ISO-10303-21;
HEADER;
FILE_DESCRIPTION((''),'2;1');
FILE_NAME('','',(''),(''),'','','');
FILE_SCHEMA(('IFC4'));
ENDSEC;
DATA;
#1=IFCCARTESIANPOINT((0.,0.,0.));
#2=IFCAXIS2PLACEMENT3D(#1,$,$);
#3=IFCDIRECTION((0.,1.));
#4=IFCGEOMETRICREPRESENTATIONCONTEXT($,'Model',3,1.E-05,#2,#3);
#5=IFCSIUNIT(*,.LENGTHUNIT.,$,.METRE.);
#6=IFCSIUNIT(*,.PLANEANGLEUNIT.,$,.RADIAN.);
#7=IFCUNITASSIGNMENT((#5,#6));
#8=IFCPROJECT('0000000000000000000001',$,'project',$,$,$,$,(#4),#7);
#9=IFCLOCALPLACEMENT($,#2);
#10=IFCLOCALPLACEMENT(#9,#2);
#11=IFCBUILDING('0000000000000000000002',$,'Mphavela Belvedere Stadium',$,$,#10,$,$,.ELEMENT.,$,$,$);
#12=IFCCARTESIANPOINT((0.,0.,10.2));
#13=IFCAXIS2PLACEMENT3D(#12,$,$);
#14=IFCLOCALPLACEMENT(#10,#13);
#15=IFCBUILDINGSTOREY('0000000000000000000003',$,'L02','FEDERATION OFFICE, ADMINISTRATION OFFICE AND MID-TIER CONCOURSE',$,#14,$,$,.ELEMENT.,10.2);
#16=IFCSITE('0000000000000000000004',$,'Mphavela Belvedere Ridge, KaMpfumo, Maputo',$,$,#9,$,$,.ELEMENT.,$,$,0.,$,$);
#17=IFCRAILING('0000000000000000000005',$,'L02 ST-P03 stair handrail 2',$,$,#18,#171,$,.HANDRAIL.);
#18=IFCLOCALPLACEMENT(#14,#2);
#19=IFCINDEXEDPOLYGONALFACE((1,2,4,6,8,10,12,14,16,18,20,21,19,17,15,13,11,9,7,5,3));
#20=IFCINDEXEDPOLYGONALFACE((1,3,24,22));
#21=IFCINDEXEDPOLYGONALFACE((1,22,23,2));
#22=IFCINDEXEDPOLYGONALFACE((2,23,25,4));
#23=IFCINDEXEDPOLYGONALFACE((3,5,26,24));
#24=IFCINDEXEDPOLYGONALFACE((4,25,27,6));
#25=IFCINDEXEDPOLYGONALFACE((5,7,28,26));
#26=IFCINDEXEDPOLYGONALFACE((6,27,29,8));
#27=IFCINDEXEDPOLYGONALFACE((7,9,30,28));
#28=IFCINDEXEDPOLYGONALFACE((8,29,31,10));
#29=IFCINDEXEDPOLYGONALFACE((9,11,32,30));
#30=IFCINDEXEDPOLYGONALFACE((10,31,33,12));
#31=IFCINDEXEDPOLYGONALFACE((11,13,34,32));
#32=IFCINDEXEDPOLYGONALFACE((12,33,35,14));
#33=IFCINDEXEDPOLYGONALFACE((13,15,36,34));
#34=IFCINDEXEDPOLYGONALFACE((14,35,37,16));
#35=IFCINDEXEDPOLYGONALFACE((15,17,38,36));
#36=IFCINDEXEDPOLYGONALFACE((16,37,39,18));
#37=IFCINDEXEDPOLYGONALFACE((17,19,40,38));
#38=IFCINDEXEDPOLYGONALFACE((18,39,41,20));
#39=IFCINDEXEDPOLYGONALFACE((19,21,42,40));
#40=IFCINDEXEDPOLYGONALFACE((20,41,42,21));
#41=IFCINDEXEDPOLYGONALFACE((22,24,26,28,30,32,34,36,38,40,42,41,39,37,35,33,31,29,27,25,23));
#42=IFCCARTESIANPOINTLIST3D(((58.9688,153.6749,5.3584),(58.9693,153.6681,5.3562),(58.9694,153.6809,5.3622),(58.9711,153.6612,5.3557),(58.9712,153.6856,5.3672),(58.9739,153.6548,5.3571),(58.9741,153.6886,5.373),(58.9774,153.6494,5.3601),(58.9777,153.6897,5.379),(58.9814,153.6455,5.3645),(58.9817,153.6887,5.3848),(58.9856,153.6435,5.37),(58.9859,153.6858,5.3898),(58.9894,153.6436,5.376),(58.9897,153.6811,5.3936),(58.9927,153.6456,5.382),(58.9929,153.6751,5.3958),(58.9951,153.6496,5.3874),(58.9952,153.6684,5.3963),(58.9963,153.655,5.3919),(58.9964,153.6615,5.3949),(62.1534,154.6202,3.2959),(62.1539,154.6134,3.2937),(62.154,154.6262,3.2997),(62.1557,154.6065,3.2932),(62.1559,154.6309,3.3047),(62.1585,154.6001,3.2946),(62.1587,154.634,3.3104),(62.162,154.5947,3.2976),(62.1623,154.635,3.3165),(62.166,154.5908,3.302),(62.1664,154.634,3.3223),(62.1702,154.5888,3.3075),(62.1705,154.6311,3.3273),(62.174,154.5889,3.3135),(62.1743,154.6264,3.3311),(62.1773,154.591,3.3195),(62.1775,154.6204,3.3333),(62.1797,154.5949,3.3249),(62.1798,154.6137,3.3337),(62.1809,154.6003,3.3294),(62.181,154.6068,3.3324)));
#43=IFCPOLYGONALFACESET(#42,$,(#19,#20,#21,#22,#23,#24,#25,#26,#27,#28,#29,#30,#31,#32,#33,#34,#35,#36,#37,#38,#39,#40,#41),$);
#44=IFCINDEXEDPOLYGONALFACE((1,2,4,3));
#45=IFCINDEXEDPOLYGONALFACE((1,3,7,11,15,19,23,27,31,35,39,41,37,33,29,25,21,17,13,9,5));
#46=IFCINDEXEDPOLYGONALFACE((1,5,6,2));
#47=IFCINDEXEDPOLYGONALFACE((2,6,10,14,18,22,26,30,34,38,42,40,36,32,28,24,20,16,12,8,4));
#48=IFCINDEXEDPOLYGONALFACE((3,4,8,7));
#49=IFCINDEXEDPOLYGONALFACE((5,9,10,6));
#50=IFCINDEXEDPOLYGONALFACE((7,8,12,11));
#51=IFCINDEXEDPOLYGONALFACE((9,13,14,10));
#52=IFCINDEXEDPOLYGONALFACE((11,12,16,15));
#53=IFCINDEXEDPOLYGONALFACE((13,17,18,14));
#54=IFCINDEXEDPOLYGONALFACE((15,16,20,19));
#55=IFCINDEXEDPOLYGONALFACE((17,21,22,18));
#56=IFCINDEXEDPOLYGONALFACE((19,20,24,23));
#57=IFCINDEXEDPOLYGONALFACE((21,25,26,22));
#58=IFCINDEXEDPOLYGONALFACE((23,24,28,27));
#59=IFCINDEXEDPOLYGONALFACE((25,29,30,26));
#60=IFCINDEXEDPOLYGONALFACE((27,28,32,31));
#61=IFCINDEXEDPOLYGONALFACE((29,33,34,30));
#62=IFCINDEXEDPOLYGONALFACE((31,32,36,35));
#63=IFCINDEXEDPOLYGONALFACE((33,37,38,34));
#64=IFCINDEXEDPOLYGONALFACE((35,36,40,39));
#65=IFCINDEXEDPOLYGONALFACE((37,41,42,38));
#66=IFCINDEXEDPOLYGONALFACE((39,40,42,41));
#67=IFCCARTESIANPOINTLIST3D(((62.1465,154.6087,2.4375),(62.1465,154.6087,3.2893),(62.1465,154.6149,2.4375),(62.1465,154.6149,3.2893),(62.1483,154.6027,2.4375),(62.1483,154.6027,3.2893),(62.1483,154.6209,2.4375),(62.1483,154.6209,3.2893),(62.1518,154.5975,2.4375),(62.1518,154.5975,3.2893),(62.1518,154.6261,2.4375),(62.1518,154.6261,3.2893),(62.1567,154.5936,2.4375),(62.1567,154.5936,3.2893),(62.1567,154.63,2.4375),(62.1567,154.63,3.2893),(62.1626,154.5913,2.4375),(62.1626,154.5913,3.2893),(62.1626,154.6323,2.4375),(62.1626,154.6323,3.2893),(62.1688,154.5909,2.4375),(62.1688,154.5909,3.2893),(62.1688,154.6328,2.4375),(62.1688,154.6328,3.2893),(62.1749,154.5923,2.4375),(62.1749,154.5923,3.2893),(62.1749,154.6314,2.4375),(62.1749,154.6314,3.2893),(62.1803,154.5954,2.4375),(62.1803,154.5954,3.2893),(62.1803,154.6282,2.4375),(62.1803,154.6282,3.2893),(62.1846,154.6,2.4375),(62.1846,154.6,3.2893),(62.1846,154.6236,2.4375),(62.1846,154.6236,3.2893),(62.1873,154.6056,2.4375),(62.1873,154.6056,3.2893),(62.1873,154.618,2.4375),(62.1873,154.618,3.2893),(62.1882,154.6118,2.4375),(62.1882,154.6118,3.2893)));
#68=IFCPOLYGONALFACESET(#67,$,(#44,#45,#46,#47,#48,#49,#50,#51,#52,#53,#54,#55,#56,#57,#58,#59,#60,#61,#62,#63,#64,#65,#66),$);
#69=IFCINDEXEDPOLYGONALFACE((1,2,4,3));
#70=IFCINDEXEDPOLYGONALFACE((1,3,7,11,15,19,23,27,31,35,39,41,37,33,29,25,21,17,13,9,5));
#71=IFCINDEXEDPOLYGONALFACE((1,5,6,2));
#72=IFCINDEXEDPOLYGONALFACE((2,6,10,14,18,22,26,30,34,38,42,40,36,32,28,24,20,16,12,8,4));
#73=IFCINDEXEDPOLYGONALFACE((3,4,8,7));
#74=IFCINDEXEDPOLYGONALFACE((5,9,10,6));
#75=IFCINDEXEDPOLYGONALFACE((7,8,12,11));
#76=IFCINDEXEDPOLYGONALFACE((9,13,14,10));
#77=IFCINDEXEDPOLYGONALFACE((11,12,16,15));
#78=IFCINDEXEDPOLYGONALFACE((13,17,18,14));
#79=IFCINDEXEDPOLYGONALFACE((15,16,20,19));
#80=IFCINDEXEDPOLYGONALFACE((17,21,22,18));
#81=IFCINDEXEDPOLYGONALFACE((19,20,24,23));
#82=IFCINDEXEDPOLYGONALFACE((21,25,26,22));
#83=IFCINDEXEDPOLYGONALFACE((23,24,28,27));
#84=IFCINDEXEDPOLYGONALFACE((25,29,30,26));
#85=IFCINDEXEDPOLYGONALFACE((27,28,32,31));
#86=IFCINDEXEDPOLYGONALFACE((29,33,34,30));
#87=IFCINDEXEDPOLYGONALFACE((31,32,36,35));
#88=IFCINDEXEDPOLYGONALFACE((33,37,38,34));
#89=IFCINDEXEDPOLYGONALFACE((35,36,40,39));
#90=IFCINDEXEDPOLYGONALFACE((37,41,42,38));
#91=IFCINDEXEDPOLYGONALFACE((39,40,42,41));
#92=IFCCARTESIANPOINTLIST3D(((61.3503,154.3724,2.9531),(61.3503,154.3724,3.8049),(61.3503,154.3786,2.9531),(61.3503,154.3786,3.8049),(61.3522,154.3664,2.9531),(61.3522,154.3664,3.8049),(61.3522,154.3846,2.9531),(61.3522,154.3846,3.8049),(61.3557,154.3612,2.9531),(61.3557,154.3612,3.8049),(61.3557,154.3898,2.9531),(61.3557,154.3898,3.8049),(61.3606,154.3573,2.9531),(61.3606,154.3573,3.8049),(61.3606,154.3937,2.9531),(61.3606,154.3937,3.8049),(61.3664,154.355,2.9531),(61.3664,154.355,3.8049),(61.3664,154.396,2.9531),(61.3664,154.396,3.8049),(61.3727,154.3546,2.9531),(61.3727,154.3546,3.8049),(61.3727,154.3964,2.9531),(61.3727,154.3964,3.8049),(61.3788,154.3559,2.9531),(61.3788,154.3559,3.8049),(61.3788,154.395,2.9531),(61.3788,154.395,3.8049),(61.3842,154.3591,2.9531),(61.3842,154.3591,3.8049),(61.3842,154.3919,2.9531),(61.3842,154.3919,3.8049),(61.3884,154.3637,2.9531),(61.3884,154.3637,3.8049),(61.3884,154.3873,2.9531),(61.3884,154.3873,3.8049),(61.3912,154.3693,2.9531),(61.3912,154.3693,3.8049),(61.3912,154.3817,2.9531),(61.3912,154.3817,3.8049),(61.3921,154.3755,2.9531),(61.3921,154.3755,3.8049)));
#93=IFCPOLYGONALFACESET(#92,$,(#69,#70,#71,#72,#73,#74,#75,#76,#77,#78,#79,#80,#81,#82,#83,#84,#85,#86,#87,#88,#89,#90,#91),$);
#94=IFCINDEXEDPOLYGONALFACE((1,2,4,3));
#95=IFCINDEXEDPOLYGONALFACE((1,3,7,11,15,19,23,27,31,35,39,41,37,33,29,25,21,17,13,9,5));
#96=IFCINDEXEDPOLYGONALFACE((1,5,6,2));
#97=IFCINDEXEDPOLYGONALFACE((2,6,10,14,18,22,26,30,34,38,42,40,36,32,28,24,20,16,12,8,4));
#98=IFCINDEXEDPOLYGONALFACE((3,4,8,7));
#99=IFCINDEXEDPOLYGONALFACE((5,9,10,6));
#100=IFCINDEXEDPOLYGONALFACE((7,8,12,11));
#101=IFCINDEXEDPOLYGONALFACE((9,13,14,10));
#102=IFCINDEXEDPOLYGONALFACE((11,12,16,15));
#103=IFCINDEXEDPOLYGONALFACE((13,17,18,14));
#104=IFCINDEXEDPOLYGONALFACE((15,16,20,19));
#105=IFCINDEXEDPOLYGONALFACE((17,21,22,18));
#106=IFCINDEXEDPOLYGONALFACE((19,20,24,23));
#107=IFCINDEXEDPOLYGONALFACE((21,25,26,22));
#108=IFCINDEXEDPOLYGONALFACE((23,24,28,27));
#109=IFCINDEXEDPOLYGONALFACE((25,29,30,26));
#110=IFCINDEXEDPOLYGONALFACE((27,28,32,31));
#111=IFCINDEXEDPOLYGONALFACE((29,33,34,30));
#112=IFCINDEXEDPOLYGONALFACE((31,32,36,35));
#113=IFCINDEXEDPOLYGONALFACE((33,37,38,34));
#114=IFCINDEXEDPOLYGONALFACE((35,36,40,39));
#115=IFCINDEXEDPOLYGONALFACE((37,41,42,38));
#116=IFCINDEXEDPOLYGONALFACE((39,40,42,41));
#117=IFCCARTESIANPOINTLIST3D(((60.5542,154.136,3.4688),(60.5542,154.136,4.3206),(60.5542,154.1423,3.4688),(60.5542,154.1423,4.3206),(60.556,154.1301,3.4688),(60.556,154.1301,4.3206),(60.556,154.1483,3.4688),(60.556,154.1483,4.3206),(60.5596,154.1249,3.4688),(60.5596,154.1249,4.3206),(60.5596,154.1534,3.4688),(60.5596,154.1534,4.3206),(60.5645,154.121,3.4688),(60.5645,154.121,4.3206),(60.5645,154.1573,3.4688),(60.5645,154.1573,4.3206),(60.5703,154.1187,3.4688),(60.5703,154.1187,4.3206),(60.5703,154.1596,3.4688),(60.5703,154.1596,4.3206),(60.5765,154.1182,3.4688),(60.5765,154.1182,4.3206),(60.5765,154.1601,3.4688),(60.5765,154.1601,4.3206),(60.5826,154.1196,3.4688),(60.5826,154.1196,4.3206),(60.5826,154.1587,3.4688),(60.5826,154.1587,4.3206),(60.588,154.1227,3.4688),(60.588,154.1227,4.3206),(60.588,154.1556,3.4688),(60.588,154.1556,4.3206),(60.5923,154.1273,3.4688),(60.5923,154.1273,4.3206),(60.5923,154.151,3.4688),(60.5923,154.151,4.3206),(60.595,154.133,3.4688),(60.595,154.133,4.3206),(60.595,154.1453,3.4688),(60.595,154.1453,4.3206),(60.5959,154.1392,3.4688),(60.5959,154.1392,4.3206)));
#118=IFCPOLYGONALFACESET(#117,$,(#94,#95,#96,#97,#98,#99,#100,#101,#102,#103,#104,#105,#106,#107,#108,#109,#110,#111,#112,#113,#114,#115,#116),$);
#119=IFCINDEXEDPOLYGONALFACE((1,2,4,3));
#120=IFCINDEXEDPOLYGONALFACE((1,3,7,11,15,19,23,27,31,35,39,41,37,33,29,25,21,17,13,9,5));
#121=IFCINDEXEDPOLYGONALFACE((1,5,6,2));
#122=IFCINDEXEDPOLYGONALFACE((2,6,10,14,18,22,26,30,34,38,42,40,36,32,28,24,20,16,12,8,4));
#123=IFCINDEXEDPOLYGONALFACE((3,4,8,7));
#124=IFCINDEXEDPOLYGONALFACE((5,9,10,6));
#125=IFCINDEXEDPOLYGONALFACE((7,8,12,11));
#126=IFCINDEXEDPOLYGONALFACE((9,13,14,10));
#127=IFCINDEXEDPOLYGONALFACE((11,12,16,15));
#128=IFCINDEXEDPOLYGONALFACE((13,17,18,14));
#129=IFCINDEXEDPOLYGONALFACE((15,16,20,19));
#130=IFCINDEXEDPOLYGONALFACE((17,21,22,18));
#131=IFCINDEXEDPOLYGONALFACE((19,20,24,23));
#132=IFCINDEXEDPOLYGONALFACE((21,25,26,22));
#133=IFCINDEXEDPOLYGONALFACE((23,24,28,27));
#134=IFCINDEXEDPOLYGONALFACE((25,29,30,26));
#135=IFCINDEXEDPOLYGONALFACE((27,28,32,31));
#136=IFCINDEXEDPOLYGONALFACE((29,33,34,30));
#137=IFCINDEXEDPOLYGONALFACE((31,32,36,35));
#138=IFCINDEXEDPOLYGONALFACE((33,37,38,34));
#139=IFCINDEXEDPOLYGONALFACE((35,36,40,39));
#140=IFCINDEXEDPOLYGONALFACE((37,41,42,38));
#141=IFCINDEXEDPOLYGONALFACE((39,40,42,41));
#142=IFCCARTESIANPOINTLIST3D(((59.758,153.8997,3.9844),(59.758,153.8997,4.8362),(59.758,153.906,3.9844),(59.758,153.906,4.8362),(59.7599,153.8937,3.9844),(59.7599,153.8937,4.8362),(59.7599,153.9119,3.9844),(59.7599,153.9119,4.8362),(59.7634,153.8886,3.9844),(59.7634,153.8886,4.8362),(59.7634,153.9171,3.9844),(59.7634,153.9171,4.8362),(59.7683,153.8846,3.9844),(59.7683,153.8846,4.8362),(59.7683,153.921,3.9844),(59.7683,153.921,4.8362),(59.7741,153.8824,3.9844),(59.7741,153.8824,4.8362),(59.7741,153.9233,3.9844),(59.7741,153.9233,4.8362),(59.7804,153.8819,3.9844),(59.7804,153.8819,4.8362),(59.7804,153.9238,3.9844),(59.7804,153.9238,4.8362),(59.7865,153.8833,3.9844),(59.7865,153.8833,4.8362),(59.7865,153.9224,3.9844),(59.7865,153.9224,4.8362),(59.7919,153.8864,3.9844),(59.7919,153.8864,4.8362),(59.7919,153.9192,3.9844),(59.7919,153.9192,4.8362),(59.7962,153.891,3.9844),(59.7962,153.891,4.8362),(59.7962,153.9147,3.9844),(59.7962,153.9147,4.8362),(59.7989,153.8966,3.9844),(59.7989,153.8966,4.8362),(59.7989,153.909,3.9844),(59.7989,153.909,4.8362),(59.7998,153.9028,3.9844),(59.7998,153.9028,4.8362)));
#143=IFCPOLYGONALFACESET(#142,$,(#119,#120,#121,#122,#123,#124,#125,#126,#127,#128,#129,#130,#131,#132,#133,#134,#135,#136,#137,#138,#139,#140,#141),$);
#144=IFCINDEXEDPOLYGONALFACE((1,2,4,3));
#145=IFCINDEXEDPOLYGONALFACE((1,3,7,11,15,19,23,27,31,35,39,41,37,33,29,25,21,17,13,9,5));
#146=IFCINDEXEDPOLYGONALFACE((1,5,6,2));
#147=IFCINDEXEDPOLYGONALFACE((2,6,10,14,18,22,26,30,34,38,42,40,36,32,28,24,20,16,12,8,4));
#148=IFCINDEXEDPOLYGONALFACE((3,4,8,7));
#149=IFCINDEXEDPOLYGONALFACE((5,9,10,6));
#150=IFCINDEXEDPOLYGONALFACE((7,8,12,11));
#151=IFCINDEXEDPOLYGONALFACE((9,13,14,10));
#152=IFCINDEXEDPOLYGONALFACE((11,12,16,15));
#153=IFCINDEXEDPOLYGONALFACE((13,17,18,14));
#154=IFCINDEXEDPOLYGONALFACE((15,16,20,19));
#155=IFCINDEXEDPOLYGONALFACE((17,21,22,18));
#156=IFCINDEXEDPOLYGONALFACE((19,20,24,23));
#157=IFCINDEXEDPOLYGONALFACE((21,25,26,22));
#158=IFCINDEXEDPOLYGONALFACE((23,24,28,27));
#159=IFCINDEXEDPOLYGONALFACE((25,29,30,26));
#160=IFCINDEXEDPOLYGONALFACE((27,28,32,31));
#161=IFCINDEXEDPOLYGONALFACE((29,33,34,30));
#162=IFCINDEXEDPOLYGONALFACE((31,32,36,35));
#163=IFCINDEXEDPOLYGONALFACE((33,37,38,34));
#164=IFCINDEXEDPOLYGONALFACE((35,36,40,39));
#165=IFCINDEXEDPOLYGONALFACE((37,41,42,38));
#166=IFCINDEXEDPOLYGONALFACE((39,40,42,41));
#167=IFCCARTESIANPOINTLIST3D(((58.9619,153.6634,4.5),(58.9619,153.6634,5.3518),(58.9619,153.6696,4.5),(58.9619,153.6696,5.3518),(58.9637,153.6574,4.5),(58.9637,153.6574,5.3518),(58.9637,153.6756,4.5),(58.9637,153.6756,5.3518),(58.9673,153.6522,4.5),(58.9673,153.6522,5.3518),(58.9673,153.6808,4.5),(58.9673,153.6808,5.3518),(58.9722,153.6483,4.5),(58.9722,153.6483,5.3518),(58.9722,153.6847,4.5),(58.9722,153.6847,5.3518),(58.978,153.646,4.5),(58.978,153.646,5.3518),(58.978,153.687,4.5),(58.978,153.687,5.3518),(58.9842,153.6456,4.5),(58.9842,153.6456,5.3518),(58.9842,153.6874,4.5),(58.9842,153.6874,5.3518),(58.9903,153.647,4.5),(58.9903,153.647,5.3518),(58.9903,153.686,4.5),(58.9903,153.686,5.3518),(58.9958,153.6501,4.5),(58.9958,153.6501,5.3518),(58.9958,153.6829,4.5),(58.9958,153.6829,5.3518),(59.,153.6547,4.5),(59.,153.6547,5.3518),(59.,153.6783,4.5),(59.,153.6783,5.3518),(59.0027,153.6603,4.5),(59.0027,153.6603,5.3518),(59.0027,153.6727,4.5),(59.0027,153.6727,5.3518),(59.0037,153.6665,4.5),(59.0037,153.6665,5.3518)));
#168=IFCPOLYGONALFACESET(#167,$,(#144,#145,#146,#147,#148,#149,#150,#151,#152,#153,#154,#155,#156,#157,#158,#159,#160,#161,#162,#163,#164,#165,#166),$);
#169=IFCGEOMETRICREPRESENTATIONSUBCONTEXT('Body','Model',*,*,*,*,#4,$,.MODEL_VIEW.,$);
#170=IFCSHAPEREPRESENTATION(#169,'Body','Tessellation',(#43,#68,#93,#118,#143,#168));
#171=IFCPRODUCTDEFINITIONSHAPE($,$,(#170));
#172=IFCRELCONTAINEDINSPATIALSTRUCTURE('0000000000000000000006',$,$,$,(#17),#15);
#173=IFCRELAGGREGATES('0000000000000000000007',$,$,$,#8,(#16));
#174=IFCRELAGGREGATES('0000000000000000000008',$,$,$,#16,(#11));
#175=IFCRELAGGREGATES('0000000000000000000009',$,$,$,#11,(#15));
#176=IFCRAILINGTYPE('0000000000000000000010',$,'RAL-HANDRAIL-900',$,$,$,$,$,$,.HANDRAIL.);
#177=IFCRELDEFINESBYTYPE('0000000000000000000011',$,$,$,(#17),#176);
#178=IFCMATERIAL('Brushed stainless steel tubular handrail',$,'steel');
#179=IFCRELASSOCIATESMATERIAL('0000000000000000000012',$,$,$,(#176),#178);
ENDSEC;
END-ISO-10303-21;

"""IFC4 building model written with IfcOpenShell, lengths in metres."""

from ifc_helpers import new_model, si_unit, direction, frame, origin, origin_2d, place, context, subcontext, project, spatial, circle, extrude, material, type_object, element, save


model = new_model("IFC4")

# Units and contexts
model_context = context("Model", 3, precision=1e-05, world=origin(), true_north=direction((0.0, 1.0)))
body_context = subcontext(model_context, "Body", "Model", "MODEL_VIEW")
ifc_project = project(units=[si_unit("LENGTHUNIT", "METRE"), si_unit("PLANEANGLEUNIT", "RADIAN")], contexts=[model_context])

# Site, building, storey
site_placement = place(None, origin())
site = spatial("IfcSite", under=ifc_project, at=site_placement, Name="Mphavela Belvedere Ridge, KaMpfumo, Maputo", CompositionType="ELEMENT", RefElevation=0.0)
building_placement = place(site_placement, origin())
building = spatial("IfcBuilding", under=site, at=building_placement, Name="Mphavela Belvedere Stadium", CompositionType="ELEMENT")
storey_placement = place(building_placement, frame((0.0, 0.0, 10.2)))
storey = spatial("IfcBuildingStorey", under=building, at=storey_placement, Name="L02", Description="FEDERATION OFFICE, ADMINISTRATION OFFICE AND MID-TIER CONCOURSE", CompositionType="ELEMENT", Elevation=10.2)

# Railing
ifc_material_1 = material(Name="Brushed stainless steel tubular handrail", Category="steel")
railing_type = type_object("IfcRailingType", Name="RAL-HANDRAIL-900", PredefinedType="HANDRAIL", material=ifc_material_1)
railing_placement = place(storey_placement, frame((62.1672, 154.6118, 2.4375)))
element("IfcRailing", 1, at=railing_placement, inside=storey, type_object=railing_type, Name="L02 ST-P03 stair handrail 2", PredefinedType="HANDRAIL", context=body_context, shape_type="SweptSolid", body=[
    extrude(circle(Radius=0.0239, at=origin_2d()), frame((0.0, 0.0, 0.876), z_axis=(-0.814444, -0.241761, 0.527478), x_axis=(0.284569, -0.958656, 0.0)), (0.0, 0.0, 1.0), 3.9102),
    extrude(circle(Radius=0.021, at=origin_2d()), origin(), (0.0, 0.0, 1.0), 0.8518),
    extrude(circle(Radius=0.021, at=origin_2d()), frame((-0.7961, -0.2363, 0.5156)), (0.0, 0.0, 1.0), 0.8518),
    extrude(circle(Radius=0.021, at=origin_2d()), frame((-1.5923, -0.4727, 1.0312)), (0.0, 0.0, 1.0), 0.8518),
    extrude(circle(Radius=0.021, at=origin_2d()), frame((-2.3884, -0.709, 1.5469)), (0.0, 0.0, 1.0), 0.8518),
    extrude(circle(Radius=0.021, at=origin_2d()), frame((-3.1846, -0.9453, 2.0625)), (0.0, 0.0, 1.0), 0.8518),
])

save(model, "model.ifc")
